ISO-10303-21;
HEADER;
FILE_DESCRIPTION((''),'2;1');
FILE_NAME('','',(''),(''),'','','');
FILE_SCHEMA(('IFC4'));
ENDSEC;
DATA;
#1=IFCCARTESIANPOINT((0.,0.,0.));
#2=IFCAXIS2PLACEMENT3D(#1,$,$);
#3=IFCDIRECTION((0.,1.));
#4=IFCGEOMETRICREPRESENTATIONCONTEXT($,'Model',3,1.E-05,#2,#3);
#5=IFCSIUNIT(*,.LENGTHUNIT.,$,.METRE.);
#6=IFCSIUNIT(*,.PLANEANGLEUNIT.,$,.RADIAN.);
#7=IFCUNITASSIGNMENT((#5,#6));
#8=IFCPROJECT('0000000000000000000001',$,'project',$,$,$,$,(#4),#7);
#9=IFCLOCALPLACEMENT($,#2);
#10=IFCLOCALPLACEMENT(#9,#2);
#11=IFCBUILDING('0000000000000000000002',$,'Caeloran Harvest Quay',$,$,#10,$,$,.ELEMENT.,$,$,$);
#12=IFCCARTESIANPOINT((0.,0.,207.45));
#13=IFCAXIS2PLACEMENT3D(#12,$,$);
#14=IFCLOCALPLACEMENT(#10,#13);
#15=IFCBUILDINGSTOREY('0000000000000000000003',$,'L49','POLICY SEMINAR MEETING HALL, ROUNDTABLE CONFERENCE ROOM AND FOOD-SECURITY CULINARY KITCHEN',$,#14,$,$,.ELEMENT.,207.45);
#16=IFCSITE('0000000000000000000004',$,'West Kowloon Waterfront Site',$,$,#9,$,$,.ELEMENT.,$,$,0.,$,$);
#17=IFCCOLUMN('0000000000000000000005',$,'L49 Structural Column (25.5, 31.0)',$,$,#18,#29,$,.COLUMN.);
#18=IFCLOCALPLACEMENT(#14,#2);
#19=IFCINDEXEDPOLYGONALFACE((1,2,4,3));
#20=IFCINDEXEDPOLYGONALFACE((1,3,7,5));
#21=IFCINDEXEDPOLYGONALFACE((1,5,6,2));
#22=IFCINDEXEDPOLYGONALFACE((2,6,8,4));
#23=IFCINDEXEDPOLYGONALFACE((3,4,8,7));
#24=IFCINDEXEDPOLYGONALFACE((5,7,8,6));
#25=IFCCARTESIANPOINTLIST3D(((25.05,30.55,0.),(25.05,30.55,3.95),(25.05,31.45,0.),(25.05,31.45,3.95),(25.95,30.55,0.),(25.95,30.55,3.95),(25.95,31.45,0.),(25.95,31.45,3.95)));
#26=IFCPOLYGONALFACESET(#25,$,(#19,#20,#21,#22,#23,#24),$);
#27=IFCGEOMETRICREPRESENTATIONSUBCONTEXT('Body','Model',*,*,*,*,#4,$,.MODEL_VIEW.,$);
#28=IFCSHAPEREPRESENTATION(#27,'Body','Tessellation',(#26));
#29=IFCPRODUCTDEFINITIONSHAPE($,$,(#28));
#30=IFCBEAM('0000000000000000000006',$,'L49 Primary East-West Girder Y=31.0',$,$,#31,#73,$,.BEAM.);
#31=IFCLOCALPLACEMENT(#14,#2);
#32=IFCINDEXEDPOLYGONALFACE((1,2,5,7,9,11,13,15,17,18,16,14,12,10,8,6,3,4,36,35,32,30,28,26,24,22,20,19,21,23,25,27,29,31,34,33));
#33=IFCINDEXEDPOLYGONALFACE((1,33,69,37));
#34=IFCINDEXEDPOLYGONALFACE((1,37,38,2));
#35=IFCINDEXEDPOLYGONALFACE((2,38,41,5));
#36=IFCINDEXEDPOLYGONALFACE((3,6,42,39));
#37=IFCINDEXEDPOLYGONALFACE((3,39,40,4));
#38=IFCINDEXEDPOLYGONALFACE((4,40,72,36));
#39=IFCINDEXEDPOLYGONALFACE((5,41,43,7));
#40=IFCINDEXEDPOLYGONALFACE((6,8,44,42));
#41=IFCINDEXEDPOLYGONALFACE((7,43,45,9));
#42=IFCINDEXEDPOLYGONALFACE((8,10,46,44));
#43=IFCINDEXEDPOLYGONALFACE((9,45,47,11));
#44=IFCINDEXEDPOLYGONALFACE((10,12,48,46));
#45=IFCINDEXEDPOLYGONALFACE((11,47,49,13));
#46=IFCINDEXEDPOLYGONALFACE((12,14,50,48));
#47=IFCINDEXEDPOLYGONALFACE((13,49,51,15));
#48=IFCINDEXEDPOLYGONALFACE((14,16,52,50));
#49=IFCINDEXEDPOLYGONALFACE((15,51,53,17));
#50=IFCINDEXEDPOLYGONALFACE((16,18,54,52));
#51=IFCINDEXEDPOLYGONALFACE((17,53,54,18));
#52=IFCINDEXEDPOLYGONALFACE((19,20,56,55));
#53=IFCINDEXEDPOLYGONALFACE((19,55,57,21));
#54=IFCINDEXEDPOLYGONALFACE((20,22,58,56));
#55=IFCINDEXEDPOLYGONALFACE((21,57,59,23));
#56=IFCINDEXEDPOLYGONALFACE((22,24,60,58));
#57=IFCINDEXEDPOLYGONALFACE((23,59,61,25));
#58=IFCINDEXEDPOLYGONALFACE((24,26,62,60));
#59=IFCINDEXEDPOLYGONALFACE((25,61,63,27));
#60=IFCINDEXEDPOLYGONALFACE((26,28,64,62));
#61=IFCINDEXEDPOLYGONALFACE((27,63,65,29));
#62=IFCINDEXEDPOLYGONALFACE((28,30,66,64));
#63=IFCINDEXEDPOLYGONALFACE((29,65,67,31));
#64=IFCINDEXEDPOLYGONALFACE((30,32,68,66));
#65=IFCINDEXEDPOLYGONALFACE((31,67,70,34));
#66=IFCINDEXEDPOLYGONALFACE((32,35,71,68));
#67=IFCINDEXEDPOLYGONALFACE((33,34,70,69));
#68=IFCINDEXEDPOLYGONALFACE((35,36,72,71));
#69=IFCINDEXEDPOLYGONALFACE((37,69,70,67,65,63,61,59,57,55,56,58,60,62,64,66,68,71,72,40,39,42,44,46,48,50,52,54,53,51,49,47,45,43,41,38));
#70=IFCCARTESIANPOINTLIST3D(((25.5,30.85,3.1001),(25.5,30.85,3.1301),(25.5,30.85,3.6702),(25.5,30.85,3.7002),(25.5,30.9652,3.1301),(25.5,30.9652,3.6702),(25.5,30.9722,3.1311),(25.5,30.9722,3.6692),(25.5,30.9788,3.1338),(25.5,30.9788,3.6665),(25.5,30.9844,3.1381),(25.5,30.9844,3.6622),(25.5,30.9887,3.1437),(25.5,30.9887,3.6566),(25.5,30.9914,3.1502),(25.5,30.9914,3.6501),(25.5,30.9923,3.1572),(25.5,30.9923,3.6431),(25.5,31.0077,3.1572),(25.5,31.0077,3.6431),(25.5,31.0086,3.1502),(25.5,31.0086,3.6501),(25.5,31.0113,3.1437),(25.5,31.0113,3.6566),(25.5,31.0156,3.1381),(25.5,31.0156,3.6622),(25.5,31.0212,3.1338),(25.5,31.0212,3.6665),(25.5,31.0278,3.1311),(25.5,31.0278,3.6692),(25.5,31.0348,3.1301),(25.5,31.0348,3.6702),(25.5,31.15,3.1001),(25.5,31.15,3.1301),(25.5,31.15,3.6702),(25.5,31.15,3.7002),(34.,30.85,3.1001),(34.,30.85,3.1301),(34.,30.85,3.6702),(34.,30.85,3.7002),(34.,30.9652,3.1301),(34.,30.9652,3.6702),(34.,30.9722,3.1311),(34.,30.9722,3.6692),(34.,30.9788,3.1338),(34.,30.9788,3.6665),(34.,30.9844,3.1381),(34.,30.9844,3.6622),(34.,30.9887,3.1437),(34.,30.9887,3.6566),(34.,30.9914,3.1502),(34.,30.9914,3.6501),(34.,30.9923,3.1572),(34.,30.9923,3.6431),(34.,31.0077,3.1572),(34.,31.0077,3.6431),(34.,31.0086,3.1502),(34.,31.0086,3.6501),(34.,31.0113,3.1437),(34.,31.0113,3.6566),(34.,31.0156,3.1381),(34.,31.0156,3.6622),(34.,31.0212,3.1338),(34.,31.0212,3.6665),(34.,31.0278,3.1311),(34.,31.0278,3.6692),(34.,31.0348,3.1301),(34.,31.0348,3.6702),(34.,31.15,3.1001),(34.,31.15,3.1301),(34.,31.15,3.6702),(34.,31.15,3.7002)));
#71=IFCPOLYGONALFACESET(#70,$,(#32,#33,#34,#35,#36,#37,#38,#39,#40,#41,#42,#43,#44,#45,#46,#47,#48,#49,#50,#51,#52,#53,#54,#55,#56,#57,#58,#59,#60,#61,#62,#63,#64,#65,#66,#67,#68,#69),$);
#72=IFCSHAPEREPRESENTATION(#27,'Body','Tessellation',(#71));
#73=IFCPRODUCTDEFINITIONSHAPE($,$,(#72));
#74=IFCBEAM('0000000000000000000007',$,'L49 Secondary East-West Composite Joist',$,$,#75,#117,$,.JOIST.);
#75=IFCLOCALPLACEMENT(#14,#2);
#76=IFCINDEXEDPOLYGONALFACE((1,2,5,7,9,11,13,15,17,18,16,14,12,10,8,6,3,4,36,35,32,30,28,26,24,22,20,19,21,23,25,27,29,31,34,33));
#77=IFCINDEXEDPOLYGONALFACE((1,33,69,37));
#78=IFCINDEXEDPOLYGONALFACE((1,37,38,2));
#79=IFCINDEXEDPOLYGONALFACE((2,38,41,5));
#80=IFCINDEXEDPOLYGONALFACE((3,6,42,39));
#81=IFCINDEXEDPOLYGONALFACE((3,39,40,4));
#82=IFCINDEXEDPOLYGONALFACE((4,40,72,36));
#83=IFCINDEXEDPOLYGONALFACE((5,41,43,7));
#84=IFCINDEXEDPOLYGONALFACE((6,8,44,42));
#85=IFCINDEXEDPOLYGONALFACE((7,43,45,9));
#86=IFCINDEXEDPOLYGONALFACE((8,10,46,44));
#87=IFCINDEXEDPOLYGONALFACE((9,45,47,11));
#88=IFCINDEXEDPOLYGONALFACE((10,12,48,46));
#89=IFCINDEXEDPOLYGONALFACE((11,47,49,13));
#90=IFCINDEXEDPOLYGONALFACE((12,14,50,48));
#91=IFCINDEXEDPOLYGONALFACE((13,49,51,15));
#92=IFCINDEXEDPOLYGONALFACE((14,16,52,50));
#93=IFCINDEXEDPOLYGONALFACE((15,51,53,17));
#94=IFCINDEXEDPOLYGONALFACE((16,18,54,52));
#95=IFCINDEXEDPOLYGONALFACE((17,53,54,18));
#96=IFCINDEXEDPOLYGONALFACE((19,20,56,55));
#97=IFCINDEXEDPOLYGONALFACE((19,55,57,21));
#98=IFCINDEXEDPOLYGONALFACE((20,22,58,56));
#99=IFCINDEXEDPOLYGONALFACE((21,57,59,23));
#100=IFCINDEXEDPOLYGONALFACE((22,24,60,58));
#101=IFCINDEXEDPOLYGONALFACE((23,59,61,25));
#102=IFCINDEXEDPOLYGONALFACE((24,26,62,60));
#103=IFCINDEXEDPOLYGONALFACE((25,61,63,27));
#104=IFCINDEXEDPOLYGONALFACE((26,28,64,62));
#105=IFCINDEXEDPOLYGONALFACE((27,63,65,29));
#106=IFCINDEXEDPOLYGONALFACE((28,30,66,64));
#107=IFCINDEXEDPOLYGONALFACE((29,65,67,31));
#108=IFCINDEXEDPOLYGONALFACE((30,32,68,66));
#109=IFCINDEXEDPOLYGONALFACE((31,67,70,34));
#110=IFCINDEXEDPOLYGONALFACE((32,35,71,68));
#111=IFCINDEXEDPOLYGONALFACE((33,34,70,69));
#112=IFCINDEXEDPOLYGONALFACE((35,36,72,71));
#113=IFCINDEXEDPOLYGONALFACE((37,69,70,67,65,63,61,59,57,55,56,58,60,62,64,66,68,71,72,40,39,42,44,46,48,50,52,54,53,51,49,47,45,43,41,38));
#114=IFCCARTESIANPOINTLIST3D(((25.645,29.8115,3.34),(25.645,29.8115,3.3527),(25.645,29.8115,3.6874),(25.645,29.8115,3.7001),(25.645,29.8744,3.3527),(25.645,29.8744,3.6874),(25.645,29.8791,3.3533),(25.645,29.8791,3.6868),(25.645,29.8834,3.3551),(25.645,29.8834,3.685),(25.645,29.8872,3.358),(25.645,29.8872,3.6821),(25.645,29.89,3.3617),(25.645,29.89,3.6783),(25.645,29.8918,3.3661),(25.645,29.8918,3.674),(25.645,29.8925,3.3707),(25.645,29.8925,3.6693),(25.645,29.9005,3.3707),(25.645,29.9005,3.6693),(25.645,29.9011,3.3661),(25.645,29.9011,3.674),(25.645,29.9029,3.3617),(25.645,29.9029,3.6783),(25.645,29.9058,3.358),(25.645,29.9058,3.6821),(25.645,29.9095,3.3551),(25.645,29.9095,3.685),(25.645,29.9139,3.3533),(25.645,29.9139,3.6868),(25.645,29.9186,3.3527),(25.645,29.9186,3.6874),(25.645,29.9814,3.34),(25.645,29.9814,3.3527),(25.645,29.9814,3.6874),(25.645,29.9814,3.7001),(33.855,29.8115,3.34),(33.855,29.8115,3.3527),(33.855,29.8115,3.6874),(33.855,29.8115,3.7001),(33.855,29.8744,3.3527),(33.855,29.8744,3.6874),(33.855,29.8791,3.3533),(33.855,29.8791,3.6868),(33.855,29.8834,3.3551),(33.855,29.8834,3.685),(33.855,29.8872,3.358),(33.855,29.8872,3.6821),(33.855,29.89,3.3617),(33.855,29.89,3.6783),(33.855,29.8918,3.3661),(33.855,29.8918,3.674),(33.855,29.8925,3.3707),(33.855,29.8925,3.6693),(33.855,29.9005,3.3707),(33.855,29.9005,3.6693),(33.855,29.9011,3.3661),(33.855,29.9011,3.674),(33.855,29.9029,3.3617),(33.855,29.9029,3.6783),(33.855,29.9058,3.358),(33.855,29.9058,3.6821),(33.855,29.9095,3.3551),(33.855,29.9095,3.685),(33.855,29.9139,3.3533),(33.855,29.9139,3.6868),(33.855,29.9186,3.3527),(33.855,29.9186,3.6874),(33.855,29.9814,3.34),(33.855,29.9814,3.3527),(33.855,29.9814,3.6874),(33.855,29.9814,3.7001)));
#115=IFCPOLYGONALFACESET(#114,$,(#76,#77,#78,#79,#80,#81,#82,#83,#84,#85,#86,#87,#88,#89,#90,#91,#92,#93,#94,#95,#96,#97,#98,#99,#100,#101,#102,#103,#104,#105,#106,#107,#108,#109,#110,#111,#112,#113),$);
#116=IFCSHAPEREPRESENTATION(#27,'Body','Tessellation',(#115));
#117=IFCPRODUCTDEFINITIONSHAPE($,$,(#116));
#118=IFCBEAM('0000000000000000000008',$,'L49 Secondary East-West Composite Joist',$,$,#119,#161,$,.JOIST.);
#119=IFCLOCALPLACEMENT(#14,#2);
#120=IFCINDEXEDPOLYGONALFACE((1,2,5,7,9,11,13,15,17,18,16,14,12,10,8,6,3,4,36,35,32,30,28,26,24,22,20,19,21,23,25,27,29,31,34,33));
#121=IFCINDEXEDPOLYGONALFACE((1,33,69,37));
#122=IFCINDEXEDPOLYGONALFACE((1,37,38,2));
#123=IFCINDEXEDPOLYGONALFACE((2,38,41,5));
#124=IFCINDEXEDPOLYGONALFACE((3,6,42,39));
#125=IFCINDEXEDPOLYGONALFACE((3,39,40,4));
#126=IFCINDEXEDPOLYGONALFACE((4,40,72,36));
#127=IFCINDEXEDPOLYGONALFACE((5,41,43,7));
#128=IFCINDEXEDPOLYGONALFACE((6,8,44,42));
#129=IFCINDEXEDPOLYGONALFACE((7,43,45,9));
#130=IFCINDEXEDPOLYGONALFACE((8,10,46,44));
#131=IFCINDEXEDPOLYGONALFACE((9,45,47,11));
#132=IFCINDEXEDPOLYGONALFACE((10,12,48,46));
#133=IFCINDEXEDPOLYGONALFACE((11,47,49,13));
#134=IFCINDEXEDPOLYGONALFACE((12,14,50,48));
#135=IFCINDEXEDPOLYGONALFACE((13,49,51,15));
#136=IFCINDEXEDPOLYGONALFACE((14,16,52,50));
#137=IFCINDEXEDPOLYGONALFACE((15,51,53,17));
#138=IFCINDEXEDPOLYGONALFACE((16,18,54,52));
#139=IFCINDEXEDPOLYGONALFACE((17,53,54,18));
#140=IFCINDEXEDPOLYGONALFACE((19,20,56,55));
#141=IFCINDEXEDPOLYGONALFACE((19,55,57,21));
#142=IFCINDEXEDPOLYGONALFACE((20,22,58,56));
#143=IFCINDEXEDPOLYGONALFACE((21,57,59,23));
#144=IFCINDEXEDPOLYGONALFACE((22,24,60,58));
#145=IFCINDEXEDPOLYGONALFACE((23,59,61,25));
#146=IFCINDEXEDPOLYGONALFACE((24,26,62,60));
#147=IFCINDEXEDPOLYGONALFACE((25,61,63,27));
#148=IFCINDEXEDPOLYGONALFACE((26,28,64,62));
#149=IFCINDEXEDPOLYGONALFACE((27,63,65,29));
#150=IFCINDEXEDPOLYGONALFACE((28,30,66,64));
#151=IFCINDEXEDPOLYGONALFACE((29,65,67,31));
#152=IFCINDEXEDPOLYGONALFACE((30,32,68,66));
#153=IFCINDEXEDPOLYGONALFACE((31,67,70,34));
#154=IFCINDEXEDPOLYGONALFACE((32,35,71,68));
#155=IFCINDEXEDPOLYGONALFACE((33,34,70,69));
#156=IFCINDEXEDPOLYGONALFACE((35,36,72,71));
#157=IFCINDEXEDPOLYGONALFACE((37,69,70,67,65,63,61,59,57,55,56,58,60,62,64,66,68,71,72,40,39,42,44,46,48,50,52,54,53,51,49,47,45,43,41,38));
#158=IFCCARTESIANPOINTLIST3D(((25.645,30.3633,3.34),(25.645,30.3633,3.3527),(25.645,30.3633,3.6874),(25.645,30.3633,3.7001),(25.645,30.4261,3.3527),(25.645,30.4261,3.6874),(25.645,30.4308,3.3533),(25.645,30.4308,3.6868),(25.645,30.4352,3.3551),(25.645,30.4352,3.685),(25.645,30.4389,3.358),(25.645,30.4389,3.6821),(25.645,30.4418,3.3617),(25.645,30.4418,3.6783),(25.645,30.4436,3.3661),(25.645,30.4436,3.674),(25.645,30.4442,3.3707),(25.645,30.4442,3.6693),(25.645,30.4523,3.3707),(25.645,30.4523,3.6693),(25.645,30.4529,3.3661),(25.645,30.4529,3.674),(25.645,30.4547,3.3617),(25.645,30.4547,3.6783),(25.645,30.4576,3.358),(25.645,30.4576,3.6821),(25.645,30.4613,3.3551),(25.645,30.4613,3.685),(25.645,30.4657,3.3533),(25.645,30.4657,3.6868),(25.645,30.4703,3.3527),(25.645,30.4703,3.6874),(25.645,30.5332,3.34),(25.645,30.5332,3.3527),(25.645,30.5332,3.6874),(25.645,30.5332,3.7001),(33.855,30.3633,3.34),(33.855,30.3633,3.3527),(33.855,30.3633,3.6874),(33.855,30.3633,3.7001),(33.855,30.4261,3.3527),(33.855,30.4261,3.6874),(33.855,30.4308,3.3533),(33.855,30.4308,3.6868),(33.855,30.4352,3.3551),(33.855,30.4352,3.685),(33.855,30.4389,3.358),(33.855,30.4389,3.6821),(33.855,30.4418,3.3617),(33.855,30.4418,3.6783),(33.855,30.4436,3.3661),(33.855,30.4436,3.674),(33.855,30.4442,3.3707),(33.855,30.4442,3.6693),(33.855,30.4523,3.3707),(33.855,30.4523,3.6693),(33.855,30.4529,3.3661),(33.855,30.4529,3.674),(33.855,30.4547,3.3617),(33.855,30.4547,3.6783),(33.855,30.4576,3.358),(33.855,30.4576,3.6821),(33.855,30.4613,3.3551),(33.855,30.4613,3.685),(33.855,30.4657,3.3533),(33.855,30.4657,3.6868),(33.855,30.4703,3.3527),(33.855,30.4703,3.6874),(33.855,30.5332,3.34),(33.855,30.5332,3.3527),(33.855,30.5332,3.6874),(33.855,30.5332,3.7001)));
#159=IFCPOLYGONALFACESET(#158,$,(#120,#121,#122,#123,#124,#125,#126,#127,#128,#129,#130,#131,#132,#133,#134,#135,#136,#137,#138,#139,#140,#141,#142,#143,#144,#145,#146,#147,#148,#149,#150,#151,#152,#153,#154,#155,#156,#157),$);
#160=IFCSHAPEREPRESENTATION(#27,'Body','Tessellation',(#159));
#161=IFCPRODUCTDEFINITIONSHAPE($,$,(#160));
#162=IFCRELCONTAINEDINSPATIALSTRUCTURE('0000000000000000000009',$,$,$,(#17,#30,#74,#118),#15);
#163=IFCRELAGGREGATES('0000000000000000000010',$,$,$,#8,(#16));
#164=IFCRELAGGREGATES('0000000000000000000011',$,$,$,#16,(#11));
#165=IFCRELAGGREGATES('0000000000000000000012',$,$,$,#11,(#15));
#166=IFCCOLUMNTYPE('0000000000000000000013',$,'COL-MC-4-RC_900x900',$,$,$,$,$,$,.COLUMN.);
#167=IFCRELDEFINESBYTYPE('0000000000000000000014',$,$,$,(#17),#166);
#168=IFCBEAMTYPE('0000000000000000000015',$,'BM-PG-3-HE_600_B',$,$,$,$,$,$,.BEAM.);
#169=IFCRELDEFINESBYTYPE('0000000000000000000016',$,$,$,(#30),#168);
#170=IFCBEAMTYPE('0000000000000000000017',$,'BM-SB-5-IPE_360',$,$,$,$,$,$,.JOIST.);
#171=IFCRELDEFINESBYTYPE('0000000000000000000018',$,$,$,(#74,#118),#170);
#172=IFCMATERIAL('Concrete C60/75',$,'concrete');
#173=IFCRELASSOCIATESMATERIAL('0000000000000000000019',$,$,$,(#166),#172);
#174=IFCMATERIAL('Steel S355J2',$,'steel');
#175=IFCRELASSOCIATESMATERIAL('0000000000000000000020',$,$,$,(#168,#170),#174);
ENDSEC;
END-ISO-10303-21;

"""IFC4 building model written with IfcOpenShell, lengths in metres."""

from ifc_helpers import new_model, si_unit, direction, frame, origin, origin_2d, place, context, subcontext, project, spatial, rectangle, i_section, extrude, material, material_profile, profile_set, type_object, element, save


model = new_model("IFC4")

# Units and contexts
model_context = context("Model", 3, precision=1e-05, world=origin(), true_north=direction((0.0, 1.0)))
body_context = subcontext(model_context, "Body", "Model", "MODEL_VIEW")
ifc_project = project(units=[si_unit("LENGTHUNIT", "METRE"), si_unit("PLANEANGLEUNIT", "RADIAN")], contexts=[model_context])

# Site, building, storey
site_placement = place(None, origin())
site = spatial("IfcSite", under=ifc_project, at=site_placement, Name="West Kowloon Waterfront Site", CompositionType="ELEMENT", RefElevation=0.0)
building_placement = place(site_placement, origin())
building = spatial("IfcBuilding", under=site, at=building_placement, Name="Caeloran Harvest Quay", CompositionType="ELEMENT")
storey_placement = place(building_placement, frame((0.0, 0.0, 207.45)))
storey = spatial("IfcBuildingStorey", under=building, at=storey_placement, Name="L49", Description="POLICY SEMINAR MEETING HALL, ROUNDTABLE CONFERENCE ROOM AND FOOD-SECURITY CULINARY KITCHEN", CompositionType="ELEMENT", Elevation=207.45)

# Column
ifc_material_1 = material(Name="Concrete C60/75", Category="concrete")
ifc_material_profile_1 = material_profile(ifc_material_1, rectangle(XDim=0.8999, YDim=0.8999, at=origin_2d()), Name="RC 900x900")
ifc_profile_set_1 = profile_set([ifc_material_profile_1], Name="Concrete C60/75")
column_type = type_object("IfcColumnType", Name="COL-MC-4-RC_900x900", PredefinedType="COLUMN", material=ifc_profile_set_1)
column_placement = place(storey_placement, frame((25.5, 31.0, 0.0), z_axis=(0.0, 0.0, 1.0), x_axis=(1.0, 0.0, 0.0)))
element("IfcColumn", 1, at=column_placement, inside=storey, type_object=column_type, Name="L49 Structural Column (25.5, 31.0)", PredefinedType="COLUMN", context=body_context, shape_type="SweptSolid", body=[
    extrude(rectangle(XDim=0.8999, YDim=0.8999, at=origin_2d()), origin(), (0.0, 0.0, 1.0), 3.95),
])

# Beams
ifc_material_2 = material(Name="Steel S355J2", Category="steel")
ifc_material_profile_2 = material_profile(ifc_material_2, i_section(OverallWidth=0.3, OverallDepth=0.6001, WebThickness=0.0154, FlangeThickness=0.03, FilletRadius=0.0271, at=origin_2d()), Name="HE 600 B")
ifc_profile_set_2 = profile_set([ifc_material_profile_2], Name="Steel S355J2")
beam_type_1 = type_object("IfcBeamType", Name="BM-PG-3-HE_600_B", PredefinedType="BEAM", material=ifc_profile_set_2)
beam_placement = place(storey_placement, frame((25.5, 31.0, 3.4001), z_axis=(1.0, 0.0, 0.0), x_axis=(0.0, 1.0, 0.0)))
element("IfcBeam", 2, at=beam_placement, inside=storey, type_object=beam_type_1, Name="L49 Primary East-West Girder Y=31.0", PredefinedType="BEAM", context=body_context, shape_type="SweptSolid", body=[
    extrude(i_section(OverallWidth=0.3, OverallDepth=0.6001, WebThickness=0.0154, FlangeThickness=0.03, FilletRadius=0.0271, at=origin_2d()), origin(), (0.0, 0.0, 1.0), 8.5),
])
ifc_material_profile_3 = material_profile(ifc_material_2, i_section(OverallWidth=0.1699, OverallDepth=0.3601, WebThickness=0.0081, FlangeThickness=0.0127, FilletRadius=0.0181, at=origin_2d()), Name="IPE 360")
ifc_profile_set_3 = profile_set([ifc_material_profile_3], Name="Steel S355J2")
beam_type_2 = type_object("IfcBeamType", Name="BM-SB-5-IPE_360", PredefinedType="JOIST", material=ifc_profile_set_3)
for number, where, z_axis, x_axis, name in (
    (3, (25.645, 29.8965, 3.52), (1.0, 0.0, 0.0), (0.0, 1.0, 0.0), "L49 Secondary East-West Composite Joist"),
    (4, (25.645, 30.4482, 3.52), (1.0, 0.0, 0.0), (0.0, 1.0, 0.0), "L49 Secondary East-West Composite Joist"),
):
    element("IfcBeam", number, at=place(storey_placement, frame(where, z_axis=z_axis, x_axis=x_axis)), inside=storey, type_object=beam_type_2, Name=name, PredefinedType="JOIST", context=body_context, shape_type="SweptSolid", body=[
        extrude(i_section(OverallWidth=0.1699, OverallDepth=0.3601, WebThickness=0.0081, FlangeThickness=0.0127, FilletRadius=0.0181, at=origin_2d()), origin(), (0.0, 0.0, 1.0), 8.21),
    ])

save(model, "model.ifc")
